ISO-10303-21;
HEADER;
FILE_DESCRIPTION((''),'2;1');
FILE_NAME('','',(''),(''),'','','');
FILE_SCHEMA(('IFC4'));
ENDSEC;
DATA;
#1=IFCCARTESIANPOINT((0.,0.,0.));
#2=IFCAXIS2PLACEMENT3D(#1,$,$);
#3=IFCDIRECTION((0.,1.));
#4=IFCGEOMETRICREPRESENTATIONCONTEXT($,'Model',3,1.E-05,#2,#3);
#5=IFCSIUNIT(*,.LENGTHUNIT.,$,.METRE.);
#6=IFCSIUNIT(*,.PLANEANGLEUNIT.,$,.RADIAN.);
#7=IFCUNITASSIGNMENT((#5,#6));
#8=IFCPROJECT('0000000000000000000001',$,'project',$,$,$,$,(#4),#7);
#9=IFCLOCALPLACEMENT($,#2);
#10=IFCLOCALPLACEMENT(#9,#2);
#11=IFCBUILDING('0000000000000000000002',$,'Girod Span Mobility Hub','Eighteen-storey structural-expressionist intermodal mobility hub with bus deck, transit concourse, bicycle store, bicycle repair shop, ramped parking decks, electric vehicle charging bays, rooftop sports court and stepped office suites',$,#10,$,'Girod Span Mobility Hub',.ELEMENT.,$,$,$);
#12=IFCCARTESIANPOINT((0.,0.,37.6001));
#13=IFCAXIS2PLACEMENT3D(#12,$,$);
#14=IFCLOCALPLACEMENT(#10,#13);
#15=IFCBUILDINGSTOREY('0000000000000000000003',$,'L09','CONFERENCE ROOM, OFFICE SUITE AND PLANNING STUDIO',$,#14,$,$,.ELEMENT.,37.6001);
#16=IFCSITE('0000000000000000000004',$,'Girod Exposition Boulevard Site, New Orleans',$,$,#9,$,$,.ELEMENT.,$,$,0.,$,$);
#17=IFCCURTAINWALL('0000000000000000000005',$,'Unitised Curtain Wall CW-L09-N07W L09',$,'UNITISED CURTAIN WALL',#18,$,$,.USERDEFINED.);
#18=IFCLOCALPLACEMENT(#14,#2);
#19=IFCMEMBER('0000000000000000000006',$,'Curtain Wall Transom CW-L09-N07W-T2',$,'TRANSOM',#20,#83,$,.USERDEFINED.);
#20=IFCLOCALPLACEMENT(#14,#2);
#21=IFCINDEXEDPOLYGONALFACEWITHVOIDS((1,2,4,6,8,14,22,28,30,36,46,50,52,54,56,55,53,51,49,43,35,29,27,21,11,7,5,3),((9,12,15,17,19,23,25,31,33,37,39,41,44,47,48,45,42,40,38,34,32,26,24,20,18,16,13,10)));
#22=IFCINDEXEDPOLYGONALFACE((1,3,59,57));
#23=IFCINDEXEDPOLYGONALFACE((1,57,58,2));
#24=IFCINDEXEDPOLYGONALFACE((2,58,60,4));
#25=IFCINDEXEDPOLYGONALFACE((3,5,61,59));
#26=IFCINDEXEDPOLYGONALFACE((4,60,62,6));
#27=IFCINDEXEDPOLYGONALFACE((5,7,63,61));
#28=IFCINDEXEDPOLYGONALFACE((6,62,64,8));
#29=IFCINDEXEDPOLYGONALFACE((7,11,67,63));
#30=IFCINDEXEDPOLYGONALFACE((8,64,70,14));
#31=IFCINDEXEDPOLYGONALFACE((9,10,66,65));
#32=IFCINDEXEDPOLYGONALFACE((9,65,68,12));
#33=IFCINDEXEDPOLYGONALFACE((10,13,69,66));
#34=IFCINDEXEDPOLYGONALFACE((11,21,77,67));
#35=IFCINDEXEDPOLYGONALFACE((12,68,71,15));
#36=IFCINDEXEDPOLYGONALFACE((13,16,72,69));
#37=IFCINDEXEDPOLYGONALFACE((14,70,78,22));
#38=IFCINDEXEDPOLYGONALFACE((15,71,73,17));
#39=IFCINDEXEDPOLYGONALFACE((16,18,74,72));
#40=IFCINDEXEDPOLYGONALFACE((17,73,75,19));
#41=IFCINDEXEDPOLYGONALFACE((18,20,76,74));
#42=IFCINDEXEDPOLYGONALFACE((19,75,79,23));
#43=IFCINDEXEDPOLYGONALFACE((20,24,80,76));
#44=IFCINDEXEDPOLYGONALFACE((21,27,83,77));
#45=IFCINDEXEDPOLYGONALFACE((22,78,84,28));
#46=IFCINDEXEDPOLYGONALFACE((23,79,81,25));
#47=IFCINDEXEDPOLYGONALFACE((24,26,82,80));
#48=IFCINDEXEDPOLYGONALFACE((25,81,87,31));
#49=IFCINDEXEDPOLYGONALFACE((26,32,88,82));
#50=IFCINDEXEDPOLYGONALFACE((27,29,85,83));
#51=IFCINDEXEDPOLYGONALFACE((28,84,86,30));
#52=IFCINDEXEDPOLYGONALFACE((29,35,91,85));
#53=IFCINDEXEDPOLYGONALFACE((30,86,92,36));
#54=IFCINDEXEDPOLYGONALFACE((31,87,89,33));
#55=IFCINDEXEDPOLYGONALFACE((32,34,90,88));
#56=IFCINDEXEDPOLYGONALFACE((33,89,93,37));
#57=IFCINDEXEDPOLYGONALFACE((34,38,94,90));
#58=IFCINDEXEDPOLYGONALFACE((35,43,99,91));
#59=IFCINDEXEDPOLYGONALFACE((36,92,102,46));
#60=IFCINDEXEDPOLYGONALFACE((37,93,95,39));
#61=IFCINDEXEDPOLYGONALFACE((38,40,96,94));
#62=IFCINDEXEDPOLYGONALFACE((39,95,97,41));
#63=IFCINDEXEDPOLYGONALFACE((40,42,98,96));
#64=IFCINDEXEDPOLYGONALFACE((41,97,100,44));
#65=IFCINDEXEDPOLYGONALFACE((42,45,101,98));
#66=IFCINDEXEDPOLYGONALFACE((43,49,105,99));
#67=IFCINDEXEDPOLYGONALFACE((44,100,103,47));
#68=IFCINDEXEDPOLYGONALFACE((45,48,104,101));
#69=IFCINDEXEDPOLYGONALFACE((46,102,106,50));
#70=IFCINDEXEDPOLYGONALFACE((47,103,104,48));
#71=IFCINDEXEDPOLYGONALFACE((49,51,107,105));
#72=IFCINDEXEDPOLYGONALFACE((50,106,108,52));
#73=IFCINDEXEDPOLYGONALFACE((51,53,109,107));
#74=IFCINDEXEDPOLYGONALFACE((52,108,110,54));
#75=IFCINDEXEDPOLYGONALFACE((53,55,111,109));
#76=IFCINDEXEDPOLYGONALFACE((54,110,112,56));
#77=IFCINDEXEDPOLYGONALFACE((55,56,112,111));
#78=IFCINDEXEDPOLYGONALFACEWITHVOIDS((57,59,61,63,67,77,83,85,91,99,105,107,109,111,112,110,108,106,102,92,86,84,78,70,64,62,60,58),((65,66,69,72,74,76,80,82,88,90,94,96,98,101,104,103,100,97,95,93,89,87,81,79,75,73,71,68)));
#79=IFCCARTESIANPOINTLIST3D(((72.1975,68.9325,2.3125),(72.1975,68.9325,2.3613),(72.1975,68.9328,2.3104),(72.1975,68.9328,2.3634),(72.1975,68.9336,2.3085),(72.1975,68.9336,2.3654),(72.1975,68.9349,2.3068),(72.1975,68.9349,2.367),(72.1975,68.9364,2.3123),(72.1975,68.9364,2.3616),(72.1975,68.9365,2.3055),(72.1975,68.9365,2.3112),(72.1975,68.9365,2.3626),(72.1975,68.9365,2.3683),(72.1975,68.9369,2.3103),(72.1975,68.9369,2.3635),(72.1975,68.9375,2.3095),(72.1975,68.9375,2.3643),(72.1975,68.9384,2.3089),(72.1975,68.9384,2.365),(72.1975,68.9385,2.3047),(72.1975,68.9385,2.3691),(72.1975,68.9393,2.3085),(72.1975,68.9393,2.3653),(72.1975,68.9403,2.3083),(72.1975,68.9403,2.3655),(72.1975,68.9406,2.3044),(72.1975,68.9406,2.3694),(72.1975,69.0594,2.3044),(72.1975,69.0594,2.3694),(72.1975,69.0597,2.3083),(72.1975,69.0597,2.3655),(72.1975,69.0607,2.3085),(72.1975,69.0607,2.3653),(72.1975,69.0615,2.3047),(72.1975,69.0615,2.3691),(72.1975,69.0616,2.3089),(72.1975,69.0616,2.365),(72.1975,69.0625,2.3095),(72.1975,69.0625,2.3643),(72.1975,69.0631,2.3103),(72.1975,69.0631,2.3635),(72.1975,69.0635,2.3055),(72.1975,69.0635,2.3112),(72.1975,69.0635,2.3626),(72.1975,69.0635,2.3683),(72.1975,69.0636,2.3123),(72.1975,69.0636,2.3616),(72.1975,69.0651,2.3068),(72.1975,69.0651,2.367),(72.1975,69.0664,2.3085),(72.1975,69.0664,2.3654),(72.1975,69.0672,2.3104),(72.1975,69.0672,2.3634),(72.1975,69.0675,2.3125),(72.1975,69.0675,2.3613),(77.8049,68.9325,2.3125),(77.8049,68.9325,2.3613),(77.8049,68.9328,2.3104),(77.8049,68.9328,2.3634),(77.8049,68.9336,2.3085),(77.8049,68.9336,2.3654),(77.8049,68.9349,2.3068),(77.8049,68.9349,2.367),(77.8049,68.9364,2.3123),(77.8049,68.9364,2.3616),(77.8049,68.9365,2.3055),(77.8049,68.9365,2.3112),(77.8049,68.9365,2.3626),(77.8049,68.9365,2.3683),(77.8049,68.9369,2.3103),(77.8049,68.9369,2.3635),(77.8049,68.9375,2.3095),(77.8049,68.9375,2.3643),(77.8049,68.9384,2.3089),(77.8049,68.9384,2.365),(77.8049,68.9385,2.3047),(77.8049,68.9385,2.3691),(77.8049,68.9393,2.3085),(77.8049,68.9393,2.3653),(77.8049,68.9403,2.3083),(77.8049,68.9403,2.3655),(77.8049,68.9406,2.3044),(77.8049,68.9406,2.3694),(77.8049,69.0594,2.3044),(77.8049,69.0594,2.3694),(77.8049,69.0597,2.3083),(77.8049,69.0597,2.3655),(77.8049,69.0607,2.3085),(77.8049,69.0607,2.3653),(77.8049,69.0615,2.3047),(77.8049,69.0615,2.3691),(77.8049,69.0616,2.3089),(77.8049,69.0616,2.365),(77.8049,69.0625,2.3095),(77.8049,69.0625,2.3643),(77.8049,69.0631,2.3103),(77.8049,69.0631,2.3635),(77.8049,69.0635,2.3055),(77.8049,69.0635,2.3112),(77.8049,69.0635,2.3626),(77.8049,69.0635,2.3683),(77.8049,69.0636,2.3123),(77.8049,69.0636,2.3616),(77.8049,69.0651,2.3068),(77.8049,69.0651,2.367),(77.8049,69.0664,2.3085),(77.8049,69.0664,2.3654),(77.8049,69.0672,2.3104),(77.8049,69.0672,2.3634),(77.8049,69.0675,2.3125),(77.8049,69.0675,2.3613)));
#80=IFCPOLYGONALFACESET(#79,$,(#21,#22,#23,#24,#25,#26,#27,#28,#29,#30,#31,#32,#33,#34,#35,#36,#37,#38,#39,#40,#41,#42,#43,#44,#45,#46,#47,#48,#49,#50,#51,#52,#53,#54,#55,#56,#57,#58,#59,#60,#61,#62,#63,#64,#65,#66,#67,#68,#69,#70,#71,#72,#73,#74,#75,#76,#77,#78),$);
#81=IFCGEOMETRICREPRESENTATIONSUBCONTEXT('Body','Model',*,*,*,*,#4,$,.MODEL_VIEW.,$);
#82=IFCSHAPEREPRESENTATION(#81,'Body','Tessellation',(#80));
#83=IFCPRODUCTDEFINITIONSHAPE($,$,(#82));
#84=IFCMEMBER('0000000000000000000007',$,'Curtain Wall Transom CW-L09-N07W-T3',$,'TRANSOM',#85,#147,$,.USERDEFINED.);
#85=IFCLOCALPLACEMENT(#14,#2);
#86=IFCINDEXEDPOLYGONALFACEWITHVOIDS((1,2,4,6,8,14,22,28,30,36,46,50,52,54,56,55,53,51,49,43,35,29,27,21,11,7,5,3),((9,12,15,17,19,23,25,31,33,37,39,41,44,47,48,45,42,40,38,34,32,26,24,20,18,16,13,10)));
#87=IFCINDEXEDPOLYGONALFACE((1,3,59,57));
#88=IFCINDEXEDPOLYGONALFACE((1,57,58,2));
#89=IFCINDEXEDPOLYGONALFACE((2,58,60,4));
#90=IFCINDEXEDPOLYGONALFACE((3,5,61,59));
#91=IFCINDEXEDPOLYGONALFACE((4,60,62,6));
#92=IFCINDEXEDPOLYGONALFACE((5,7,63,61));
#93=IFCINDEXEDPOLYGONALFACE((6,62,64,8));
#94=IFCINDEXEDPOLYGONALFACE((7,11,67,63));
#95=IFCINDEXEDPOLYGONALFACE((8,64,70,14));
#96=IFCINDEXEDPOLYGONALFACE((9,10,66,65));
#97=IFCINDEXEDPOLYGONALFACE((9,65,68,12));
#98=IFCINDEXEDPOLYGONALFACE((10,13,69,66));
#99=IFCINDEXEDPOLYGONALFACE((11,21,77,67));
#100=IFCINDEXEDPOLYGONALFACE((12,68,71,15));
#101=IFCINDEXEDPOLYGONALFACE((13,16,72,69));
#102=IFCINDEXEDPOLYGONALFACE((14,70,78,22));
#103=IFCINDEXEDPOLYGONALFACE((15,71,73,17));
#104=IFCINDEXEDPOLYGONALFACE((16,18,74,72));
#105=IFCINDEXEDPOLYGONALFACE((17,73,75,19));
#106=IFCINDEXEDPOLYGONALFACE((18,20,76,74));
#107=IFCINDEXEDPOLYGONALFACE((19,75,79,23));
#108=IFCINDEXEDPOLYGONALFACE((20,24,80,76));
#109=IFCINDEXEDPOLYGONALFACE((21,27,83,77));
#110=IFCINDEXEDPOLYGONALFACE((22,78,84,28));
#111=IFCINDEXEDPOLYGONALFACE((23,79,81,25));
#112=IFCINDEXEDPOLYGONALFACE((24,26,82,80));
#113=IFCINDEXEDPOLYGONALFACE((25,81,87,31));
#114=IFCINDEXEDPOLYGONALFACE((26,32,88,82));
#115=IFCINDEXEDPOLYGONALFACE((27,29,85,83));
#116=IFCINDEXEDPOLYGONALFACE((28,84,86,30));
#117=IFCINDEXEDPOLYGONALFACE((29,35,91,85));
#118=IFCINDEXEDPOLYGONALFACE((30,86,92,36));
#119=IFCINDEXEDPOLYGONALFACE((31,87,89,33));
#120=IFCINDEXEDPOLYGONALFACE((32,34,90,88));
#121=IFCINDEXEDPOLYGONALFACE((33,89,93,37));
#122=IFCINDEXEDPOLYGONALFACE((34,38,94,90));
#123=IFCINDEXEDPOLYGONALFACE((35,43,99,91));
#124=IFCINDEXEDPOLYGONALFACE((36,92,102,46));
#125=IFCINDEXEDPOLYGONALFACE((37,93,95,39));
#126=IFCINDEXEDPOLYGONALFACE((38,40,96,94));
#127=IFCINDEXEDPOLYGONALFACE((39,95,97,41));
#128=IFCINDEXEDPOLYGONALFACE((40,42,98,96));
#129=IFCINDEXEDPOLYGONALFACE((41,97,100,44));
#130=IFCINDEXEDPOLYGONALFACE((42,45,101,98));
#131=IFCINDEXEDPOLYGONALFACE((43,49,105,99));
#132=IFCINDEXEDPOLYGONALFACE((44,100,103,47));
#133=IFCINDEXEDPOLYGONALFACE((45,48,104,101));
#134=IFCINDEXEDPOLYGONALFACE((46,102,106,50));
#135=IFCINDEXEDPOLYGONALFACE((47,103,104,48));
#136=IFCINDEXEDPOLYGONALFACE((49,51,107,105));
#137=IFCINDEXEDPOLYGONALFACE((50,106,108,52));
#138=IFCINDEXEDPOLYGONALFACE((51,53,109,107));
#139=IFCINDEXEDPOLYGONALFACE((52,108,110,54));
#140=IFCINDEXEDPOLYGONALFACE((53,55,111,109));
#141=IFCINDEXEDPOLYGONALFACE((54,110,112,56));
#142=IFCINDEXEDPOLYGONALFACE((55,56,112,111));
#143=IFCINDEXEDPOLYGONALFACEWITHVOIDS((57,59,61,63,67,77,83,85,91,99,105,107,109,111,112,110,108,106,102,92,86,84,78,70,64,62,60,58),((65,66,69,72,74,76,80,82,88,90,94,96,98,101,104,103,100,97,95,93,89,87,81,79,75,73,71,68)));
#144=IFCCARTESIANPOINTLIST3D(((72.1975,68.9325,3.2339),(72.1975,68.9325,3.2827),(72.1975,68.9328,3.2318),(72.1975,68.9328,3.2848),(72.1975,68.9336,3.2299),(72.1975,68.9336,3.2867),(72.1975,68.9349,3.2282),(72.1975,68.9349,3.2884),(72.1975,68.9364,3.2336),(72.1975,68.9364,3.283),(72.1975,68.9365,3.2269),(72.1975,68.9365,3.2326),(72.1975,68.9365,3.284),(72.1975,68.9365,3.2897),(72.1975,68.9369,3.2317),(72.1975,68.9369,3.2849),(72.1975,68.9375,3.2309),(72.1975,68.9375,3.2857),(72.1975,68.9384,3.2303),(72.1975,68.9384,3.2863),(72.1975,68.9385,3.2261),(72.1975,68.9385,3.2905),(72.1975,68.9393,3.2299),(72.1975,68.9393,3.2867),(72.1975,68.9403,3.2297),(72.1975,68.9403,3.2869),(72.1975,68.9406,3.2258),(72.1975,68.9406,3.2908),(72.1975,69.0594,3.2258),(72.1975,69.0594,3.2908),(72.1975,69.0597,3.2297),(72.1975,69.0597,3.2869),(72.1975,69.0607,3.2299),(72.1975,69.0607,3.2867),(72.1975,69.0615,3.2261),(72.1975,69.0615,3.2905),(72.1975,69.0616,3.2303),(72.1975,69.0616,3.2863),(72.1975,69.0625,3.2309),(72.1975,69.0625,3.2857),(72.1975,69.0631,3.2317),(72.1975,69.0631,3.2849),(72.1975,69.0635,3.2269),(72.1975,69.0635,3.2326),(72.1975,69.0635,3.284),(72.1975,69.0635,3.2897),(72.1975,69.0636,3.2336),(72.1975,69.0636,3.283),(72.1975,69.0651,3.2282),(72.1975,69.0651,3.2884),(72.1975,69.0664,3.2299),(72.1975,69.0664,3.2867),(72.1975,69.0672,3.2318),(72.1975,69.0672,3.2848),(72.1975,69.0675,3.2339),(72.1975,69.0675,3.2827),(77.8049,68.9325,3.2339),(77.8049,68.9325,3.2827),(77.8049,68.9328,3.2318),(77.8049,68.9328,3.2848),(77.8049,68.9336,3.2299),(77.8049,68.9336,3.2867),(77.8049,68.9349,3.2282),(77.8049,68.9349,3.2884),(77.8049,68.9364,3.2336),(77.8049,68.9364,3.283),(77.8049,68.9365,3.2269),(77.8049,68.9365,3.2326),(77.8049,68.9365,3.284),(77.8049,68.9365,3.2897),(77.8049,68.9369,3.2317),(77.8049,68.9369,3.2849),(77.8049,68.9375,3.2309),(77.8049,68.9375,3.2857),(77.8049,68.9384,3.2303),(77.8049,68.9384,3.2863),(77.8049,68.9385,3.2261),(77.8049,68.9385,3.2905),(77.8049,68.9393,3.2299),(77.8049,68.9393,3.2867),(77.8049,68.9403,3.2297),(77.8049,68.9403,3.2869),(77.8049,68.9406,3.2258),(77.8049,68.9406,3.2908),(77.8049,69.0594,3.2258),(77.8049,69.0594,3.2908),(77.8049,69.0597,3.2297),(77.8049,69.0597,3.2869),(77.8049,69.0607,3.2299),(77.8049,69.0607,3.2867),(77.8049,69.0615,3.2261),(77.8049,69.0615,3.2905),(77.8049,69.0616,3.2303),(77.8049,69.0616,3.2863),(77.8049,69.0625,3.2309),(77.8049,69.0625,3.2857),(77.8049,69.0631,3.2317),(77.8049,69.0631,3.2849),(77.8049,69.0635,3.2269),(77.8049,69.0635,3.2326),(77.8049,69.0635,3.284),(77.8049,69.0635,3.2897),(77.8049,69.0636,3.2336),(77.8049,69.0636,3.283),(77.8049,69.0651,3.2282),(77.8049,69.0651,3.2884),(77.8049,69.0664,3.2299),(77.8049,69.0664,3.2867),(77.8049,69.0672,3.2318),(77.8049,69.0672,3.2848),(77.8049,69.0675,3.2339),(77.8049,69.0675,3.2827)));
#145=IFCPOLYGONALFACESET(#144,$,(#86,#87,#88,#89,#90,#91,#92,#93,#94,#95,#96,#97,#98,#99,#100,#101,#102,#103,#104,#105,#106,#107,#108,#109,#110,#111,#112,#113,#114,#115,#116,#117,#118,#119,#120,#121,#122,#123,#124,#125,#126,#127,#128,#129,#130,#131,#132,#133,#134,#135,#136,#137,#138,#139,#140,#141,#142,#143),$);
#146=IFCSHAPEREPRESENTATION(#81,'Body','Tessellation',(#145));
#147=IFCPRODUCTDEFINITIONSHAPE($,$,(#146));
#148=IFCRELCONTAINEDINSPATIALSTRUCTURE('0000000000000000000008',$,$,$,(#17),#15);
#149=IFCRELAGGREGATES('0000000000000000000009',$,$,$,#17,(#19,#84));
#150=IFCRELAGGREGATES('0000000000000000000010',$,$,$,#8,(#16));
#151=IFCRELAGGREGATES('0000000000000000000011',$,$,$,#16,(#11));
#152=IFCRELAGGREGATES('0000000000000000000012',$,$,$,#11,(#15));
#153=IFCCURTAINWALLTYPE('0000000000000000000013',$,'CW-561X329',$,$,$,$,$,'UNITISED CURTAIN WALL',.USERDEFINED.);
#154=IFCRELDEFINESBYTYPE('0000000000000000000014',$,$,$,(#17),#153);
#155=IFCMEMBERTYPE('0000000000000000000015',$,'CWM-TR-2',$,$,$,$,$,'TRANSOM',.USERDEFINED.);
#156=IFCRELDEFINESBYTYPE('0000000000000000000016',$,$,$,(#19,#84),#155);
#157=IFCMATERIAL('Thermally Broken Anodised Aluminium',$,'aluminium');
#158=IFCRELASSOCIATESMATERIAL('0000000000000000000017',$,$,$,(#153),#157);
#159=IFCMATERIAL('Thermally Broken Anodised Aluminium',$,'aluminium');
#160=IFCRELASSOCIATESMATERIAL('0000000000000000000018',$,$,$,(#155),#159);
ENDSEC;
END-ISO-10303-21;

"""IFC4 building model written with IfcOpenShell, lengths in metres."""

from ifc_helpers import new_model, si_unit, direction, frame, origin, origin_2d, place, context, subcontext, project, spatial, hollow_rectangle, extrude, material, material_profile, profile_set, type_object, element, aggregate, save


model = new_model("IFC4")

# Units and contexts
model_context = context("Model", 3, precision=1e-05, world=origin(), true_north=direction((0.0, 1.0)))
body_context = subcontext(model_context, "Body", "Model", "MODEL_VIEW")
ifc_project = project(units=[si_unit("LENGTHUNIT", "METRE"), si_unit("PLANEANGLEUNIT", "RADIAN")], contexts=[model_context])

# Site, building, storey
site_placement = place(None, origin())
site = spatial("IfcSite", under=ifc_project, at=site_placement, Name="Girod Exposition Boulevard Site, New Orleans", CompositionType="ELEMENT", RefElevation=0.0)
building_placement = place(site_placement, origin())
building = spatial("IfcBuilding", under=site, at=building_placement, Name="Girod Span Mobility Hub", Description="Eighteen-storey structural-expressionist intermodal mobility hub with bus deck, transit concourse, bicycle store, bicycle repair shop, ramped parking decks, electric vehicle charging bays, rooftop sports court and stepped office suites", LongName="Girod Span Mobility Hub", CompositionType="ELEMENT")
storey_placement = place(building_placement, frame((0.0, 0.0, 37.6001)))
storey = spatial("IfcBuildingStorey", under=building, at=storey_placement, Name="L09", Description="CONFERENCE ROOM, OFFICE SUITE AND PLANNING STUDIO", CompositionType="ELEMENT", Elevation=37.6001)

# Shared definitions
ifc_material_1 = material(Name="Thermally Broken Anodised Aluminium", Category="aluminium")
curtain_wall_type = type_object("IfcCurtainWallType", Name="CW-561X329", ElementType="UNITISED CURTAIN WALL", PredefinedType="USERDEFINED", material=ifc_material_1)

# Curtain wall
curtain_wall_1_placement = place(storey_placement, origin())
curtain_wall_1 = element("IfcCurtainWall", 1, at=curtain_wall_1_placement, inside=storey, type_object=curtain_wall_type, Name="Unitised Curtain Wall CW-L09-N07W L09", ObjectType="UNITISED CURTAIN WALL", PredefinedType="USERDEFINED")

# Members
ifc_material_2 = material(Name="Thermally Broken Anodised Aluminium", Category="aluminium")
ifc_material_profile_1 = material_profile(ifc_material_2, hollow_rectangle(XDim=0.135, YDim=0.0649, WallThickness=0.0039, InnerFilletRadius=0.0039, OuterFilletRadius=0.0081, at=origin_2d()), Name="CW-TR-65X135")
ifc_profile_set_1 = profile_set([ifc_material_profile_1], Name="Thermally Broken Anodised Aluminium")
member_type_1 = type_object("IfcMemberType", Name="CWM-TR-2", ElementType="TRANSOM", PredefinedType="USERDEFINED", material=ifc_profile_set_1)
member_1_placement = place(storey_placement, frame((72.1975, 69.0, 2.3369), z_axis=(1.0, 0.0, 0.0), x_axis=(0.0, 1.0, 0.0)))
member_1 = element("IfcMember", 2, at=member_1_placement, type_object=member_type_1, Name="Curtain Wall Transom CW-L09-N07W-T2", ObjectType="TRANSOM", PredefinedType="USERDEFINED", context=body_context, shape_type="SweptSolid", body=[
    extrude(hollow_rectangle(XDim=0.135, YDim=0.0649, WallThickness=0.0039, InnerFilletRadius=0.0039, OuterFilletRadius=0.0081, at=origin_2d()), origin(), (0.0, 0.0, 1.0), 5.6074),
])
member_2_placement = place(storey_placement, frame((72.1975, 69.0, 3.2583), z_axis=(1.0, 0.0, 0.0), x_axis=(0.0, 1.0, 0.0)))
member_2 = element("IfcMember", 3, at=member_2_placement, type_object=member_type_1, Name="Curtain Wall Transom CW-L09-N07W-T3", ObjectType="TRANSOM", PredefinedType="USERDEFINED", context=body_context, shape_type="SweptSolid", body=[
    extrude(hollow_rectangle(XDim=0.135, YDim=0.0649, WallThickness=0.0039, InnerFilletRadius=0.0039, OuterFilletRadius=0.0081, at=origin_2d()), origin(), (0.0, 0.0, 1.0), 5.6074),
])

aggregate(curtain_wall_1, [member_1, member_2])

save(model, "model.ifc")
